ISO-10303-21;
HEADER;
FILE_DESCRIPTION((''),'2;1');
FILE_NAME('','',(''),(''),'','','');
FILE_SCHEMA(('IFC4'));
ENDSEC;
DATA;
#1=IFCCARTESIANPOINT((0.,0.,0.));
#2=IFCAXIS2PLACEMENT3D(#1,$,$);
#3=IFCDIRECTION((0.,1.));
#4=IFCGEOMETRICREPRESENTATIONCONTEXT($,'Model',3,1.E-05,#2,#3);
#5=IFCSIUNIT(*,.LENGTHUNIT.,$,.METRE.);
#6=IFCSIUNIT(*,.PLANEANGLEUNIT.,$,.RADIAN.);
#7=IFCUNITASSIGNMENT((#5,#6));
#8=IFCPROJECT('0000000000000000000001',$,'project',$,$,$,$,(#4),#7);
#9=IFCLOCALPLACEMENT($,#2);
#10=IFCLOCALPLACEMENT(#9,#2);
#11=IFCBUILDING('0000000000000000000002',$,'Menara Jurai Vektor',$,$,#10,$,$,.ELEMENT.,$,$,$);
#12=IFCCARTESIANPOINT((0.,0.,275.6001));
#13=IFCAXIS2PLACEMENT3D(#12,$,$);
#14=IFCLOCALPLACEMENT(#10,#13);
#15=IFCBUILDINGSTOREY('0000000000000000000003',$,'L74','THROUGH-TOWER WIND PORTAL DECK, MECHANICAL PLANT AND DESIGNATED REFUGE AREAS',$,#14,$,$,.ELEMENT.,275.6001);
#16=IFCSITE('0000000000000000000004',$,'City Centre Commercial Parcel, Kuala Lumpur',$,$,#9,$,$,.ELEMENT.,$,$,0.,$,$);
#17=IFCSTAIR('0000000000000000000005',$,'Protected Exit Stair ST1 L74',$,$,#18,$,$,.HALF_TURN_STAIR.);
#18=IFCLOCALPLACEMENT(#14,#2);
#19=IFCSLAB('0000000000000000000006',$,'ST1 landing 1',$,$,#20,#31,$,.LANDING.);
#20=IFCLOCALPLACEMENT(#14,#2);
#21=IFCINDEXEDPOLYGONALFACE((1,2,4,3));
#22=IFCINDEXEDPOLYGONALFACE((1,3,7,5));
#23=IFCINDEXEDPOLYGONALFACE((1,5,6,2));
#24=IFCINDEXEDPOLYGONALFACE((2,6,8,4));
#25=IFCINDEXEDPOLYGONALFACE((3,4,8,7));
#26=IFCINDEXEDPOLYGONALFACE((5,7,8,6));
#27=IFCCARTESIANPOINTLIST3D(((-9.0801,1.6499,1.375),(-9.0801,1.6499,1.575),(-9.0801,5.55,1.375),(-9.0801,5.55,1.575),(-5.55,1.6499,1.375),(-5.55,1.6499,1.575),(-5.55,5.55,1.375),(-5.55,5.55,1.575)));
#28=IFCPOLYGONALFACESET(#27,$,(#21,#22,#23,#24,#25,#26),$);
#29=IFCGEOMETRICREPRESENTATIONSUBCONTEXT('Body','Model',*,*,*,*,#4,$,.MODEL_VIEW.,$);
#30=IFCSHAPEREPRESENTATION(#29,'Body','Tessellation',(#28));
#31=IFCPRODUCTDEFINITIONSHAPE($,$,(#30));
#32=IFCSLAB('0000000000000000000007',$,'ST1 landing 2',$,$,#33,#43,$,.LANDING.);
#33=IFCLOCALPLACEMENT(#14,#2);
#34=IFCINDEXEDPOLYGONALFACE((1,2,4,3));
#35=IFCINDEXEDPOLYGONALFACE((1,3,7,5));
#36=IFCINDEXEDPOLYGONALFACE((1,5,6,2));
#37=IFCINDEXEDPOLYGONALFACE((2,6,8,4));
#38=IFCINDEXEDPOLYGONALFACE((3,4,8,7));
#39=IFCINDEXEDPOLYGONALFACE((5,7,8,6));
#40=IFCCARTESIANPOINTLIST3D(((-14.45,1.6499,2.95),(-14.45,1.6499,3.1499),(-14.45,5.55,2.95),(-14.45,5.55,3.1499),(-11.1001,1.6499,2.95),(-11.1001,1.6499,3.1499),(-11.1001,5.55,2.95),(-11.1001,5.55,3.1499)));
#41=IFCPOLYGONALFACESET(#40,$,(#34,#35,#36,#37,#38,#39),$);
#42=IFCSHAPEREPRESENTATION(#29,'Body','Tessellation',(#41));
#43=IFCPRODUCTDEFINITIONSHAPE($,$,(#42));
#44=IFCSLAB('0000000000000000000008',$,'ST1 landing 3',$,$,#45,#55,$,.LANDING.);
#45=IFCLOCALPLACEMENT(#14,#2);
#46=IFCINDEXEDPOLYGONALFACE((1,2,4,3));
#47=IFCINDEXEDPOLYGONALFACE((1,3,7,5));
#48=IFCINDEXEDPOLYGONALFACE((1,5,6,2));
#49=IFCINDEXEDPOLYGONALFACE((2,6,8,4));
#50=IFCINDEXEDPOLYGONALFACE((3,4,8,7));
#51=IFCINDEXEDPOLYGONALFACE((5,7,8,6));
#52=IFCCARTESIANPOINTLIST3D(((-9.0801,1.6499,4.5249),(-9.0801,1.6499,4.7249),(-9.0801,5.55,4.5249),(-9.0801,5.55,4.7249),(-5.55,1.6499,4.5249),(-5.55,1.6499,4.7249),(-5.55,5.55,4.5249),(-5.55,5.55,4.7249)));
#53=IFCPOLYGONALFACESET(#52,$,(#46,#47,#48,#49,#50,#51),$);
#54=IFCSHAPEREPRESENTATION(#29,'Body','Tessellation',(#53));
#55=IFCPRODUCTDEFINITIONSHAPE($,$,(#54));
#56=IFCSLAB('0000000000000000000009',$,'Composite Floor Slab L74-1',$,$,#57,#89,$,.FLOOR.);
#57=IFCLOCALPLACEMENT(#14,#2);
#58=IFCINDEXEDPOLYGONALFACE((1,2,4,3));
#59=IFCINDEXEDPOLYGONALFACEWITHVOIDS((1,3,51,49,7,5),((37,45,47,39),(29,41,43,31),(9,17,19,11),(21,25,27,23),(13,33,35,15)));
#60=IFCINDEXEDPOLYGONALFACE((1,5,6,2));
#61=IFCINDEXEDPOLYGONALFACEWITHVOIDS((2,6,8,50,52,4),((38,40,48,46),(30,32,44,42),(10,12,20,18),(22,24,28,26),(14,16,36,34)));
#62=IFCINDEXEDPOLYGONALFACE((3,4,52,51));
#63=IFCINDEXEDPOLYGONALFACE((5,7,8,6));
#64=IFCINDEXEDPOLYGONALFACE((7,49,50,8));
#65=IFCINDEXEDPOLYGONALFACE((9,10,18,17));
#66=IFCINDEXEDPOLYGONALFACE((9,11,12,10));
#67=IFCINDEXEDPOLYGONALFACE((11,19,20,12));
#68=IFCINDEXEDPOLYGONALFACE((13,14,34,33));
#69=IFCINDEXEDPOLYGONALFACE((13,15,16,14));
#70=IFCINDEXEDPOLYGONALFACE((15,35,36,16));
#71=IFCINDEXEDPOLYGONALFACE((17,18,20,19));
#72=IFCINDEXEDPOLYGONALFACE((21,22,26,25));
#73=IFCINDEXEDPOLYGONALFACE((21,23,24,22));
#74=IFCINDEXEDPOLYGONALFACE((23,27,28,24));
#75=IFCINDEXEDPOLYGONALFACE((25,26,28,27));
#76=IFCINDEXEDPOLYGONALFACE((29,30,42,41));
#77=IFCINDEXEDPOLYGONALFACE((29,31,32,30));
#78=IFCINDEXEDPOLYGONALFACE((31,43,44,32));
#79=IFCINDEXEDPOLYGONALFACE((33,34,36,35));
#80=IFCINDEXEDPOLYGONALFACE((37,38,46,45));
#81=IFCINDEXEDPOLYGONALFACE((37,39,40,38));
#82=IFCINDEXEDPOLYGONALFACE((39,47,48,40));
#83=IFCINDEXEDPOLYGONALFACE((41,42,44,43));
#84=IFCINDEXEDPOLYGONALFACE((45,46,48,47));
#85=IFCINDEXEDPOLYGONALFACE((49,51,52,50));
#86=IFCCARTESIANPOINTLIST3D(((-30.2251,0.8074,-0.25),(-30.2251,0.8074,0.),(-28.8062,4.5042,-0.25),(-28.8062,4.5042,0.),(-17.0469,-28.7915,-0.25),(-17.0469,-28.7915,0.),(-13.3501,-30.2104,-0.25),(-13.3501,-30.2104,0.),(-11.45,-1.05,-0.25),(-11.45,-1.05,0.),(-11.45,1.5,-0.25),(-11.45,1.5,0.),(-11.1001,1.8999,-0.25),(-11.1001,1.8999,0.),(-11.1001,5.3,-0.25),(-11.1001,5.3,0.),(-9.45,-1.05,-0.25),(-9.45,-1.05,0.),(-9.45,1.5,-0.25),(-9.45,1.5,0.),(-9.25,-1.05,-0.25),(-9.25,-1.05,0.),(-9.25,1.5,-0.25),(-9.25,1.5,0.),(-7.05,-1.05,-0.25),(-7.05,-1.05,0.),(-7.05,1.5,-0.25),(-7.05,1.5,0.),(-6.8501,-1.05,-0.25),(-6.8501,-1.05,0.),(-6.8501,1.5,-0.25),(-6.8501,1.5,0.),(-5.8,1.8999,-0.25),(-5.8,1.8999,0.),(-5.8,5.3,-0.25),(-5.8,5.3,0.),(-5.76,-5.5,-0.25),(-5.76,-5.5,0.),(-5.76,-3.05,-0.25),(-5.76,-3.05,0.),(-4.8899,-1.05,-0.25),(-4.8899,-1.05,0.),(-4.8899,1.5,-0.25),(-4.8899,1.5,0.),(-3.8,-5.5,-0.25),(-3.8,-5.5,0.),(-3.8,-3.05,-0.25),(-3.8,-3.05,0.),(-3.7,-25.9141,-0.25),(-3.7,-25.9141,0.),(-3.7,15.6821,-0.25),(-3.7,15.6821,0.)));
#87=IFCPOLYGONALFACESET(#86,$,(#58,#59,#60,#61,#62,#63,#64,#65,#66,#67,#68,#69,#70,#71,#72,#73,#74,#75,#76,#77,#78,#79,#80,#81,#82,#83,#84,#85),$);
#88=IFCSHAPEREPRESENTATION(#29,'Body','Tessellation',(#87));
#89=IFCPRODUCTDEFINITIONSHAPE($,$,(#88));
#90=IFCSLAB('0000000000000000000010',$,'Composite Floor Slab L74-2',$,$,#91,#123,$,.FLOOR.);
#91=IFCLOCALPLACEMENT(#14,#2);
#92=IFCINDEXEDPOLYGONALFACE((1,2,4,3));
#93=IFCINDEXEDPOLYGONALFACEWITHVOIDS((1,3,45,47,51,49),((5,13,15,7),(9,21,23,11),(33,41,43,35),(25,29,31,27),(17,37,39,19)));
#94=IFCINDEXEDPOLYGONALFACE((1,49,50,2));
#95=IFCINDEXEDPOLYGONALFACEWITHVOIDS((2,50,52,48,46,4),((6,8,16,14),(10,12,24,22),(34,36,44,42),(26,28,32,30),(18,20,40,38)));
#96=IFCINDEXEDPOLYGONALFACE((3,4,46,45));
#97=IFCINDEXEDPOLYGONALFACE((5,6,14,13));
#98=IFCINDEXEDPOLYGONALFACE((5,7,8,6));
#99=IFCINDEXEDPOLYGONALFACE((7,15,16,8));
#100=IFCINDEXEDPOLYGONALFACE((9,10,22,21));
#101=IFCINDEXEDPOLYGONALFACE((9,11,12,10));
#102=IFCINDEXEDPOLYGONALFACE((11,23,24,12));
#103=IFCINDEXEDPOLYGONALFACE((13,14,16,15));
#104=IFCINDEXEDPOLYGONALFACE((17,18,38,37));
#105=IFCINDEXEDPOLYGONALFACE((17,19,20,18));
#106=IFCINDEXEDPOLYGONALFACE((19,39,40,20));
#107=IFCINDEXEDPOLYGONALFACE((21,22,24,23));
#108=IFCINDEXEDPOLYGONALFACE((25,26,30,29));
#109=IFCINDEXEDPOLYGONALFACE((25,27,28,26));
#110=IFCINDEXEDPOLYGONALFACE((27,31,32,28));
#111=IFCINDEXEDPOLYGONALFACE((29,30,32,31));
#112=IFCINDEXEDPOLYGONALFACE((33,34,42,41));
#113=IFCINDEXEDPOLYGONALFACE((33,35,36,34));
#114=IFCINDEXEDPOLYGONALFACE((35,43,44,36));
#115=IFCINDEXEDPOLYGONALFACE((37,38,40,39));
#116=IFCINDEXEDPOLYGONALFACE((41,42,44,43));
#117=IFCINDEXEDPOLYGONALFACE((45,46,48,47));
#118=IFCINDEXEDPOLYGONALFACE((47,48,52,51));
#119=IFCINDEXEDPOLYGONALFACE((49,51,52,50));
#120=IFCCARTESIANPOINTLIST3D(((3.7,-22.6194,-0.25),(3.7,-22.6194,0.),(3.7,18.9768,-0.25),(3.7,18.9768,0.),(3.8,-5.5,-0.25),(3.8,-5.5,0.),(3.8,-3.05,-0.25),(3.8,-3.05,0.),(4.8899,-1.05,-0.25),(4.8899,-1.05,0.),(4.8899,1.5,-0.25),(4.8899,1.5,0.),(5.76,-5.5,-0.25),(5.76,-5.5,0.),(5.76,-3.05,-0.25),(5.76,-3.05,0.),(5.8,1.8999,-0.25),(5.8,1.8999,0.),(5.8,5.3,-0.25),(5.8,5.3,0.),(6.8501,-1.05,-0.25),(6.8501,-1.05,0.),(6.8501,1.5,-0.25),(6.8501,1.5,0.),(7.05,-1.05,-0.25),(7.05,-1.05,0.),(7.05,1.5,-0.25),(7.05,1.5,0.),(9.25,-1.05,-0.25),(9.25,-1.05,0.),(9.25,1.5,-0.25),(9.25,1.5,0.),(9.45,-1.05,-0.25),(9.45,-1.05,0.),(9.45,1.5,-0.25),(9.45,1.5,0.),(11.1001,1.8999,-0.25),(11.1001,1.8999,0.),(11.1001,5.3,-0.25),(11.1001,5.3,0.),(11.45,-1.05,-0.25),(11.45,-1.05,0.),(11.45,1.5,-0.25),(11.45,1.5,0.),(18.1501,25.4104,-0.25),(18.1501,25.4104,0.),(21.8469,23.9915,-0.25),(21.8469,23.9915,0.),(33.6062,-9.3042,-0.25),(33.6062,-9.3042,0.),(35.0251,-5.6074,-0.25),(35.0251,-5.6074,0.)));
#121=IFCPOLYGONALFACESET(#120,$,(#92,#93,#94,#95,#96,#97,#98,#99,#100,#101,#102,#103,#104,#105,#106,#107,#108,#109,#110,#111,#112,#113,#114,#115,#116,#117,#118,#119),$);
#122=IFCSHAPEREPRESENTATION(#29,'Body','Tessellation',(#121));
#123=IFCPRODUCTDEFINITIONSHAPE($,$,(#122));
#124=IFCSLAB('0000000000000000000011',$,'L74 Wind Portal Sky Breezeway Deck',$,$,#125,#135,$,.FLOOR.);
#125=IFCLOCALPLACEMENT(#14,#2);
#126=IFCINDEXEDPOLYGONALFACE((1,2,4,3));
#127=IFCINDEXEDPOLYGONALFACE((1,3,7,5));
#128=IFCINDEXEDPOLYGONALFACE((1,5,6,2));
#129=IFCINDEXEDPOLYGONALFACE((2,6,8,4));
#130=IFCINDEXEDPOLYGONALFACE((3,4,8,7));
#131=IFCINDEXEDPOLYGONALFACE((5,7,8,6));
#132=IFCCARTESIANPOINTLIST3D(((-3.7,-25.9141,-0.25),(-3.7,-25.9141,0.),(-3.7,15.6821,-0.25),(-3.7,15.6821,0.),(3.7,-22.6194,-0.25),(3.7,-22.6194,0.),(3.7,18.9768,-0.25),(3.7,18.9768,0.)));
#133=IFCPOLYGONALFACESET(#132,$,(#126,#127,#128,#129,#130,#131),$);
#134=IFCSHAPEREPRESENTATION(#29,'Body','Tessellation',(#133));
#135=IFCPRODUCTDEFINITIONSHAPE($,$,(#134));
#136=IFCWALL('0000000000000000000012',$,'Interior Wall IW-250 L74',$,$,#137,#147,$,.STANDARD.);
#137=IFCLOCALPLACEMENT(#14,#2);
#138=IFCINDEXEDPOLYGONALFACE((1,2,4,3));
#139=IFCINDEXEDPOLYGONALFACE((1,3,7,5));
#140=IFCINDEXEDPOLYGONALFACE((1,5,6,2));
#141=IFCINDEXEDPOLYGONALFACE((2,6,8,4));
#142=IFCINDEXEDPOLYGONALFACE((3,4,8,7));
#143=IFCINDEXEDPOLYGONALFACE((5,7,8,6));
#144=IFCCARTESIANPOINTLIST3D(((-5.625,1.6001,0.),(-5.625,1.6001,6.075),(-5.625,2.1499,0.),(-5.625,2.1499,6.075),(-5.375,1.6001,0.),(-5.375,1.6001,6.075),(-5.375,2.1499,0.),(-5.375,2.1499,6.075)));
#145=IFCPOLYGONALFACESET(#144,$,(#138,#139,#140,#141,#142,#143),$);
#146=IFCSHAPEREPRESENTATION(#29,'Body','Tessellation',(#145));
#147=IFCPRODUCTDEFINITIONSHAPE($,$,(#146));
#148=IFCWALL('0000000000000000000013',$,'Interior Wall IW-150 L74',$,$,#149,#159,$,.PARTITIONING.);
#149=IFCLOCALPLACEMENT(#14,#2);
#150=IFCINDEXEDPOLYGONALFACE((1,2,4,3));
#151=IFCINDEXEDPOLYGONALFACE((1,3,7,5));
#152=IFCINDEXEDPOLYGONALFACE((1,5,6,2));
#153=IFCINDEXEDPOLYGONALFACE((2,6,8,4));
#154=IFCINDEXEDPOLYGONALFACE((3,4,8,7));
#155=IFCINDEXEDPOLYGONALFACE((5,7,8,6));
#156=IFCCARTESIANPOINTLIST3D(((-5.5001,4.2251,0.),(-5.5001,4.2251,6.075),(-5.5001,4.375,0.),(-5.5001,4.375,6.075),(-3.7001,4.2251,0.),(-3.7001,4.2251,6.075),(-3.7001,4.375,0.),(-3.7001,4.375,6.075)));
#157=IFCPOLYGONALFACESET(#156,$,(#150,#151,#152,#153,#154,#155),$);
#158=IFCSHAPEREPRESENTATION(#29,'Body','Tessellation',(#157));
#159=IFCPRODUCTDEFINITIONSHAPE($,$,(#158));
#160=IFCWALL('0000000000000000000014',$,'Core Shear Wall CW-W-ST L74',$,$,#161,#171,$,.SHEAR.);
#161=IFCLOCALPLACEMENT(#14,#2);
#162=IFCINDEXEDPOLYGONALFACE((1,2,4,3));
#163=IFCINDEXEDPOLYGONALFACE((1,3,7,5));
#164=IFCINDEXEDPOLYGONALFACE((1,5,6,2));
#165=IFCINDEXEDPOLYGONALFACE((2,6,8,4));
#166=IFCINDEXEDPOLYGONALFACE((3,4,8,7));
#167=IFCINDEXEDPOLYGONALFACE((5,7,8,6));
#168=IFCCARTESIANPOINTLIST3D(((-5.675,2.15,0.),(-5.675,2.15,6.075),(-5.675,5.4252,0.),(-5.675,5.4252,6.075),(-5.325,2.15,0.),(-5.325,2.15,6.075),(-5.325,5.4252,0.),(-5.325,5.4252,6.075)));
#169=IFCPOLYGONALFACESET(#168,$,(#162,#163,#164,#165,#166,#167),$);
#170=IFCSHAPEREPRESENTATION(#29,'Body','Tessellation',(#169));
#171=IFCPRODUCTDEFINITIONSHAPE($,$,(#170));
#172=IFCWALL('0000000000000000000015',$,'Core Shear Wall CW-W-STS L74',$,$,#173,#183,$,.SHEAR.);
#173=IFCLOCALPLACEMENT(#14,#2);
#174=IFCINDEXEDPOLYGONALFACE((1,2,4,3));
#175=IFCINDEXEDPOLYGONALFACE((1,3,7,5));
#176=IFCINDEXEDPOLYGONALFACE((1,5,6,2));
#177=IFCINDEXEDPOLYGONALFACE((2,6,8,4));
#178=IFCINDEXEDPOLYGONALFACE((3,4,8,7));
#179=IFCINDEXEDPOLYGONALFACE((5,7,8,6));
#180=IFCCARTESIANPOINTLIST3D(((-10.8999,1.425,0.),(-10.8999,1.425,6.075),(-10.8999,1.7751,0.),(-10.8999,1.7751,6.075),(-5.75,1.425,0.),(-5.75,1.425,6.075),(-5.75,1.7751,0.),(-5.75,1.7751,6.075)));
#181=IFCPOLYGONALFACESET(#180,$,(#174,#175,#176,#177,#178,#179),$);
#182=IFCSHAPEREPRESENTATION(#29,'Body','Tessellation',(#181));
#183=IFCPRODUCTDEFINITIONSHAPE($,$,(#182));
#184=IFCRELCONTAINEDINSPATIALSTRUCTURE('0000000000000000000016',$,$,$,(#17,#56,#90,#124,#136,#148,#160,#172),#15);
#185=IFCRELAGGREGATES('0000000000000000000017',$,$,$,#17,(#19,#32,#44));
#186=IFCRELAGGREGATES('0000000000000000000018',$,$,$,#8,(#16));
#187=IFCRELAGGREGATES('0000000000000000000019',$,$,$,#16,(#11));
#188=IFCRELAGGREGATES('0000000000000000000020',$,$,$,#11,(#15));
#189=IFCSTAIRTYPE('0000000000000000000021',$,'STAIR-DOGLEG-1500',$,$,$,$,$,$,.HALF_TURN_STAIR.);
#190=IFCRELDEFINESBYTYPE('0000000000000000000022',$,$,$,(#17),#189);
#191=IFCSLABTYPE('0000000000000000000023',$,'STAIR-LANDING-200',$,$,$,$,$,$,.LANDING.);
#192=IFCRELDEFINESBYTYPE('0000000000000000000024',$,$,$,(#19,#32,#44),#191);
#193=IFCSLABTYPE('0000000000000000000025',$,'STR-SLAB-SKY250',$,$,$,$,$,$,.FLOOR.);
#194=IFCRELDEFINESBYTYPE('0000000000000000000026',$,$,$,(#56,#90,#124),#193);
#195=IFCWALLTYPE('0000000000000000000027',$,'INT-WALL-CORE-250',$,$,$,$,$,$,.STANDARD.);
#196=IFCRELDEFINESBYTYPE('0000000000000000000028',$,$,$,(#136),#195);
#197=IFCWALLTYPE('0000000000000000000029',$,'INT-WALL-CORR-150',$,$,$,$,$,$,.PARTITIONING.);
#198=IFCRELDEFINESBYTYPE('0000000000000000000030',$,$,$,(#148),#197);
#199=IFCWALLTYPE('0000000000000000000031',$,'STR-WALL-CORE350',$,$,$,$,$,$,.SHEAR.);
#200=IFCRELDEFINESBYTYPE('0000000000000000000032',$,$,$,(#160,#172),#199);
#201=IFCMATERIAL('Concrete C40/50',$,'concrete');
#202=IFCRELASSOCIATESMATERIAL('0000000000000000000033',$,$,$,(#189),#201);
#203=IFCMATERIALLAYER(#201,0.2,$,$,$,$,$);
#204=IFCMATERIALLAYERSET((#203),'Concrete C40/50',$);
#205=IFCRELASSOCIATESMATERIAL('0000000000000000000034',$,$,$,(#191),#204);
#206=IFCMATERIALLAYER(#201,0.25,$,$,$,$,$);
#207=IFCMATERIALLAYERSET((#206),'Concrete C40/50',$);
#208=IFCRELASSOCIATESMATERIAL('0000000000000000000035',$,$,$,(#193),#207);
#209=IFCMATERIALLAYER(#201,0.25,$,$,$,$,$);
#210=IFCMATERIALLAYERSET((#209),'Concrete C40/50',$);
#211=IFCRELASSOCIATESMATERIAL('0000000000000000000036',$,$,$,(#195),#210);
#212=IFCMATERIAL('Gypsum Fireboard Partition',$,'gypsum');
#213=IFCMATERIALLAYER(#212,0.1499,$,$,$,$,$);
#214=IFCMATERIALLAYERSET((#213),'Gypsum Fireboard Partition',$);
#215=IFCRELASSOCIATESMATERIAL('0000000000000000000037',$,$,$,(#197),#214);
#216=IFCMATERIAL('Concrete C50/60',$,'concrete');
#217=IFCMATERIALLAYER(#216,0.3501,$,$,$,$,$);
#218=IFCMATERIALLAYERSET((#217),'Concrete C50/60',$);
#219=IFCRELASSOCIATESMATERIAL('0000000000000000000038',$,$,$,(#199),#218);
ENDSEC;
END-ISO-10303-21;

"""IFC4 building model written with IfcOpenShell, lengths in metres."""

from ifc_helpers import new_model, si_unit, direction, frame, frame_2d, origin, place, context, subcontext, project, spatial, polyline, rectangle, outline, extrude, material, layer, layer_set, type_object, element, aggregate, save


model = new_model("IFC4")

# Units and contexts
model_context = context("Model", 3, precision=1e-05, world=origin(), true_north=direction((0.0, 1.0)))
body_context = subcontext(model_context, "Body", "Model", "MODEL_VIEW")
ifc_project = project(units=[si_unit("LENGTHUNIT", "METRE"), si_unit("PLANEANGLEUNIT", "RADIAN")], contexts=[model_context])

# Site, building, storey
site_placement = place(None, origin())
site = spatial("IfcSite", under=ifc_project, at=site_placement, Name="City Centre Commercial Parcel, Kuala Lumpur", CompositionType="ELEMENT", RefElevation=0.0)
building_placement = place(site_placement, origin())
building = spatial("IfcBuilding", under=site, at=building_placement, Name="Menara Jurai Vektor", CompositionType="ELEMENT")
storey_placement = place(building_placement, frame((0.0, 0.0, 275.6001)))
storey = spatial("IfcBuildingStorey", under=building, at=storey_placement, Name="L74", Description="THROUGH-TOWER WIND PORTAL DECK, MECHANICAL PLANT AND DESIGNATED REFUGE AREAS", CompositionType="ELEMENT", Elevation=275.6001)

# Stair, slabs
ifc_material_1 = material(Name="Concrete C40/50", Category="concrete")
stair_type = type_object("IfcStairType", Name="STAIR-DOGLEG-1500", PredefinedType="HALF_TURN_STAIR", material=ifc_material_1)
stair_placement = place(storey_placement, origin())
stair = element("IfcStair", 1, at=stair_placement, inside=storey, type_object=stair_type, Name="Protected Exit Stair ST1 L74", PredefinedType="HALF_TURN_STAIR")
ifc_layer_1 = layer(ifc_material_1, 0.2)
ifc_layer_set_1 = layer_set([ifc_layer_1], Name="Concrete C40/50")
slab_type_1 = type_object("IfcSlabType", Name="STAIR-LANDING-200", PredefinedType="LANDING", material=ifc_layer_set_1)
slab_1_placement = place(storey_placement, frame((0.0, 0.0, 1.375)))
slab_1 = element("IfcSlab", 2, at=slab_1_placement, type_object=slab_type_1, Name="ST1 landing 1", PredefinedType="LANDING", context=body_context, shape_type="SweptSolid", body=[
    extrude(outline(polyline([(-9.0801, 1.6499), (-5.55, 1.6499), (-5.55, 5.55), (-9.0801, 5.55), (-9.0801, 1.6499)])), origin(), (0.0, 0.0, 1.0), 0.2),
])
slab_2_placement = place(storey_placement, frame((0.0, 0.0, 2.95)))
slab_2 = element("IfcSlab", 3, at=slab_2_placement, type_object=slab_type_1, Name="ST1 landing 2", PredefinedType="LANDING", context=body_context, shape_type="SweptSolid", body=[
    extrude(outline(polyline([(-14.45, 1.6499), (-11.1001, 1.6499), (-11.1001, 5.55), (-14.45, 5.55), (-14.45, 1.6499)])), origin(), (0.0, 0.0, 1.0), 0.2),
])
slab_3_placement = place(storey_placement, frame((0.0, 0.0, 4.5249)))
slab_3 = element("IfcSlab", 4, at=slab_3_placement, type_object=slab_type_1, Name="ST1 landing 3", PredefinedType="LANDING", context=body_context, shape_type="SweptSolid", body=[
    extrude(outline(polyline([(-9.0801, 1.6499), (-5.55, 1.6499), (-5.55, 5.55), (-9.0801, 5.55), (-9.0801, 1.6499)])), origin(), (0.0, 0.0, 1.0), 0.2),
])

# Slabs
ifc_layer_2 = layer(ifc_material_1, 0.25)
ifc_layer_set_2 = layer_set([ifc_layer_2], Name="Concrete C40/50")
slab_type_2 = type_object("IfcSlabType", Name="STR-SLAB-SKY250", PredefinedType="FLOOR", material=ifc_layer_set_2)
slab_4_placement = place(storey_placement, frame((0.0, 0.0, -0.25)))
element("IfcSlab", 5, at=slab_4_placement, inside=storey, type_object=slab_type_2, Name="Composite Floor Slab L74-1", PredefinedType="FLOOR", context=body_context, shape_type="SweptSolid", body=[
    extrude(outline(polyline([(-3.7, -25.9141), (-3.7, 15.6821), (-28.8062, 4.5042), (-30.2251, 0.8074), (-17.0469, -28.7915), (-13.3501, -30.2104), (-3.7, -25.9141)]), holes=[polyline([(-11.1001, 1.8999), (-11.1001, 5.3), (-5.8, 5.3), (-5.8, 1.8999), (-11.1001, 1.8999)]), polyline([(-11.45, -1.05), (-11.45, 1.5), (-9.45, 1.5), (-9.45, -1.05), (-11.45, -1.05)]), polyline([(-5.76, -5.5), (-5.76, -3.05), (-3.8, -3.05), (-3.8, -5.5), (-5.76, -5.5)]), polyline([(-6.8501, -1.05), (-6.8501, 1.5), (-4.8899, 1.5), (-4.8899, -1.05), (-6.8501, -1.05)]), polyline([(-9.25, -1.05), (-9.25, 1.5), (-7.05, 1.5), (-7.05, -1.05), (-9.25, -1.05)])]), origin(), (0.0, 0.0, 1.0), 0.25),
])
slab_5_placement = place(storey_placement, frame((0.0, 0.0, -0.25)))
element("IfcSlab", 6, at=slab_5_placement, inside=storey, type_object=slab_type_2, Name="Composite Floor Slab L74-2", PredefinedType="FLOOR", context=body_context, shape_type="SweptSolid", body=[
    extrude(outline(polyline([(3.7, 18.9768), (3.7, -22.6194), (33.6062, -9.3042), (35.0251, -5.6074), (21.8469, 23.9915), (18.1501, 25.4104), (3.7, 18.9768)]), holes=[polyline([(5.8, 1.8999), (5.8, 5.3), (11.1001, 5.3), (11.1001, 1.8999), (5.8, 1.8999)]), polyline([(9.45, -1.05), (9.45, 1.5), (11.45, 1.5), (11.45, -1.05), (9.45, -1.05)]), polyline([(3.8, -5.5), (3.8, -3.05), (5.76, -3.05), (5.76, -5.5), (3.8, -5.5)]), polyline([(4.8899, -1.05), (4.8899, 1.5), (6.8501, 1.5), (6.8501, -1.05), (4.8899, -1.05)]), polyline([(7.05, -1.05), (7.05, 1.5), (9.25, 1.5), (9.25, -1.05), (7.05, -1.05)])]), origin(), (0.0, 0.0, 1.0), 0.25),
])
slab_6_placement = place(storey_placement, frame((0.0, 0.0, -0.25)))
element("IfcSlab", 7, at=slab_6_placement, inside=storey, type_object=slab_type_2, Name="L74 Wind Portal Sky Breezeway Deck", PredefinedType="FLOOR", context=body_context, shape_type="SweptSolid", body=[
    extrude(outline(polyline([(3.7, -22.6194), (3.7, 18.9768), (-3.7, 15.6821), (-3.7, -25.9141), (3.7, -22.6194)])), origin(), (0.0, 0.0, 1.0), 0.25),
])

# Walls
ifc_layer_3 = layer(ifc_material_1, 0.25)
ifc_layer_set_3 = layer_set([ifc_layer_3], Name="Concrete C40/50")
wall_type_1 = type_object("IfcWallType", Name="INT-WALL-CORE-250", PredefinedType="STANDARD", material=ifc_layer_set_3)
wall_1_placement = place(storey_placement, frame((-5.5, 1.6001, 0.0), z_axis=(0.0, 0.0, 1.0), x_axis=(0.0, 1.0, 0.0)))
element("IfcWall", 8, at=wall_1_placement, inside=storey, type_object=wall_type_1, Name="Interior Wall IW-250 L74", PredefinedType="STANDARD", context=body_context, shape_type="SweptSolid", body=[
    extrude(rectangle(XDim=0.5498, YDim=0.25, at=frame_2d((0.2749, 0.0))), origin(), (0.0, 0.0, 1.0), 6.075),
])
ifc_material_2 = material(Name="Gypsum Fireboard Partition", Category="gypsum")
ifc_layer_4 = layer(ifc_material_2, 0.1499)
ifc_layer_set_4 = layer_set([ifc_layer_4], Name="Gypsum Fireboard Partition")
wall_type_2 = type_object("IfcWallType", Name="INT-WALL-CORR-150", PredefinedType="PARTITIONING", material=ifc_layer_set_4)
wall_2_placement = place(storey_placement, frame((-5.5, 4.3, 0.0), z_axis=(0.0, 0.0, 1.0), x_axis=(1.0, 0.0, 0.0)))
element("IfcWall", 9, at=wall_2_placement, inside=storey, type_object=wall_type_2, Name="Interior Wall IW-150 L74", PredefinedType="PARTITIONING", context=body_context, shape_type="SweptSolid", body=[
    extrude(rectangle(XDim=1.8, YDim=0.1499, at=frame_2d((0.8999, 0.0))), origin(), (0.0, 0.0, 1.0), 6.075),
])
ifc_material_3 = material(Name="Concrete C50/60", Category="concrete")
ifc_layer_5 = layer(ifc_material_3, 0.3501)
ifc_layer_set_5 = layer_set([ifc_layer_5], Name="Concrete C50/60")
wall_type_3 = type_object("IfcWallType", Name="STR-WALL-CORE350", PredefinedType="SHEAR", material=ifc_layer_set_5)
wall_3_placement = place(storey_placement, frame((-5.5, 2.1499, 0.0), z_axis=(0.0, 0.0, 1.0), x_axis=(0.0, 1.0, 0.0)))
element("IfcWall", 10, at=wall_3_placement, inside=storey, type_object=wall_type_3, Name="Core Shear Wall CW-W-ST L74", PredefinedType="SHEAR", context=body_context, shape_type="SweptSolid", body=[
    extrude(rectangle(XDim=3.2751, YDim=0.3501, at=frame_2d((1.6377, 0.0))), origin(), (0.0, 0.0, 1.0), 6.075),
])
wall_4_placement = place(storey_placement, frame((-10.8999, 1.6001, 0.0), z_axis=(0.0, 0.0, 1.0), x_axis=(1.0, 0.0, 0.0)))
element("IfcWall", 11, at=wall_4_placement, inside=storey, type_object=wall_type_3, Name="Core Shear Wall CW-W-STS L74", PredefinedType="SHEAR", context=body_context, shape_type="SweptSolid", body=[
    extrude(rectangle(XDim=5.1499, YDim=0.3501, at=frame_2d((2.575, 0.0))), origin(), (0.0, 0.0, 1.0), 6.075),
])

aggregate(stair, [slab_1, slab_2, slab_3])

save(model, "model.ifc")
